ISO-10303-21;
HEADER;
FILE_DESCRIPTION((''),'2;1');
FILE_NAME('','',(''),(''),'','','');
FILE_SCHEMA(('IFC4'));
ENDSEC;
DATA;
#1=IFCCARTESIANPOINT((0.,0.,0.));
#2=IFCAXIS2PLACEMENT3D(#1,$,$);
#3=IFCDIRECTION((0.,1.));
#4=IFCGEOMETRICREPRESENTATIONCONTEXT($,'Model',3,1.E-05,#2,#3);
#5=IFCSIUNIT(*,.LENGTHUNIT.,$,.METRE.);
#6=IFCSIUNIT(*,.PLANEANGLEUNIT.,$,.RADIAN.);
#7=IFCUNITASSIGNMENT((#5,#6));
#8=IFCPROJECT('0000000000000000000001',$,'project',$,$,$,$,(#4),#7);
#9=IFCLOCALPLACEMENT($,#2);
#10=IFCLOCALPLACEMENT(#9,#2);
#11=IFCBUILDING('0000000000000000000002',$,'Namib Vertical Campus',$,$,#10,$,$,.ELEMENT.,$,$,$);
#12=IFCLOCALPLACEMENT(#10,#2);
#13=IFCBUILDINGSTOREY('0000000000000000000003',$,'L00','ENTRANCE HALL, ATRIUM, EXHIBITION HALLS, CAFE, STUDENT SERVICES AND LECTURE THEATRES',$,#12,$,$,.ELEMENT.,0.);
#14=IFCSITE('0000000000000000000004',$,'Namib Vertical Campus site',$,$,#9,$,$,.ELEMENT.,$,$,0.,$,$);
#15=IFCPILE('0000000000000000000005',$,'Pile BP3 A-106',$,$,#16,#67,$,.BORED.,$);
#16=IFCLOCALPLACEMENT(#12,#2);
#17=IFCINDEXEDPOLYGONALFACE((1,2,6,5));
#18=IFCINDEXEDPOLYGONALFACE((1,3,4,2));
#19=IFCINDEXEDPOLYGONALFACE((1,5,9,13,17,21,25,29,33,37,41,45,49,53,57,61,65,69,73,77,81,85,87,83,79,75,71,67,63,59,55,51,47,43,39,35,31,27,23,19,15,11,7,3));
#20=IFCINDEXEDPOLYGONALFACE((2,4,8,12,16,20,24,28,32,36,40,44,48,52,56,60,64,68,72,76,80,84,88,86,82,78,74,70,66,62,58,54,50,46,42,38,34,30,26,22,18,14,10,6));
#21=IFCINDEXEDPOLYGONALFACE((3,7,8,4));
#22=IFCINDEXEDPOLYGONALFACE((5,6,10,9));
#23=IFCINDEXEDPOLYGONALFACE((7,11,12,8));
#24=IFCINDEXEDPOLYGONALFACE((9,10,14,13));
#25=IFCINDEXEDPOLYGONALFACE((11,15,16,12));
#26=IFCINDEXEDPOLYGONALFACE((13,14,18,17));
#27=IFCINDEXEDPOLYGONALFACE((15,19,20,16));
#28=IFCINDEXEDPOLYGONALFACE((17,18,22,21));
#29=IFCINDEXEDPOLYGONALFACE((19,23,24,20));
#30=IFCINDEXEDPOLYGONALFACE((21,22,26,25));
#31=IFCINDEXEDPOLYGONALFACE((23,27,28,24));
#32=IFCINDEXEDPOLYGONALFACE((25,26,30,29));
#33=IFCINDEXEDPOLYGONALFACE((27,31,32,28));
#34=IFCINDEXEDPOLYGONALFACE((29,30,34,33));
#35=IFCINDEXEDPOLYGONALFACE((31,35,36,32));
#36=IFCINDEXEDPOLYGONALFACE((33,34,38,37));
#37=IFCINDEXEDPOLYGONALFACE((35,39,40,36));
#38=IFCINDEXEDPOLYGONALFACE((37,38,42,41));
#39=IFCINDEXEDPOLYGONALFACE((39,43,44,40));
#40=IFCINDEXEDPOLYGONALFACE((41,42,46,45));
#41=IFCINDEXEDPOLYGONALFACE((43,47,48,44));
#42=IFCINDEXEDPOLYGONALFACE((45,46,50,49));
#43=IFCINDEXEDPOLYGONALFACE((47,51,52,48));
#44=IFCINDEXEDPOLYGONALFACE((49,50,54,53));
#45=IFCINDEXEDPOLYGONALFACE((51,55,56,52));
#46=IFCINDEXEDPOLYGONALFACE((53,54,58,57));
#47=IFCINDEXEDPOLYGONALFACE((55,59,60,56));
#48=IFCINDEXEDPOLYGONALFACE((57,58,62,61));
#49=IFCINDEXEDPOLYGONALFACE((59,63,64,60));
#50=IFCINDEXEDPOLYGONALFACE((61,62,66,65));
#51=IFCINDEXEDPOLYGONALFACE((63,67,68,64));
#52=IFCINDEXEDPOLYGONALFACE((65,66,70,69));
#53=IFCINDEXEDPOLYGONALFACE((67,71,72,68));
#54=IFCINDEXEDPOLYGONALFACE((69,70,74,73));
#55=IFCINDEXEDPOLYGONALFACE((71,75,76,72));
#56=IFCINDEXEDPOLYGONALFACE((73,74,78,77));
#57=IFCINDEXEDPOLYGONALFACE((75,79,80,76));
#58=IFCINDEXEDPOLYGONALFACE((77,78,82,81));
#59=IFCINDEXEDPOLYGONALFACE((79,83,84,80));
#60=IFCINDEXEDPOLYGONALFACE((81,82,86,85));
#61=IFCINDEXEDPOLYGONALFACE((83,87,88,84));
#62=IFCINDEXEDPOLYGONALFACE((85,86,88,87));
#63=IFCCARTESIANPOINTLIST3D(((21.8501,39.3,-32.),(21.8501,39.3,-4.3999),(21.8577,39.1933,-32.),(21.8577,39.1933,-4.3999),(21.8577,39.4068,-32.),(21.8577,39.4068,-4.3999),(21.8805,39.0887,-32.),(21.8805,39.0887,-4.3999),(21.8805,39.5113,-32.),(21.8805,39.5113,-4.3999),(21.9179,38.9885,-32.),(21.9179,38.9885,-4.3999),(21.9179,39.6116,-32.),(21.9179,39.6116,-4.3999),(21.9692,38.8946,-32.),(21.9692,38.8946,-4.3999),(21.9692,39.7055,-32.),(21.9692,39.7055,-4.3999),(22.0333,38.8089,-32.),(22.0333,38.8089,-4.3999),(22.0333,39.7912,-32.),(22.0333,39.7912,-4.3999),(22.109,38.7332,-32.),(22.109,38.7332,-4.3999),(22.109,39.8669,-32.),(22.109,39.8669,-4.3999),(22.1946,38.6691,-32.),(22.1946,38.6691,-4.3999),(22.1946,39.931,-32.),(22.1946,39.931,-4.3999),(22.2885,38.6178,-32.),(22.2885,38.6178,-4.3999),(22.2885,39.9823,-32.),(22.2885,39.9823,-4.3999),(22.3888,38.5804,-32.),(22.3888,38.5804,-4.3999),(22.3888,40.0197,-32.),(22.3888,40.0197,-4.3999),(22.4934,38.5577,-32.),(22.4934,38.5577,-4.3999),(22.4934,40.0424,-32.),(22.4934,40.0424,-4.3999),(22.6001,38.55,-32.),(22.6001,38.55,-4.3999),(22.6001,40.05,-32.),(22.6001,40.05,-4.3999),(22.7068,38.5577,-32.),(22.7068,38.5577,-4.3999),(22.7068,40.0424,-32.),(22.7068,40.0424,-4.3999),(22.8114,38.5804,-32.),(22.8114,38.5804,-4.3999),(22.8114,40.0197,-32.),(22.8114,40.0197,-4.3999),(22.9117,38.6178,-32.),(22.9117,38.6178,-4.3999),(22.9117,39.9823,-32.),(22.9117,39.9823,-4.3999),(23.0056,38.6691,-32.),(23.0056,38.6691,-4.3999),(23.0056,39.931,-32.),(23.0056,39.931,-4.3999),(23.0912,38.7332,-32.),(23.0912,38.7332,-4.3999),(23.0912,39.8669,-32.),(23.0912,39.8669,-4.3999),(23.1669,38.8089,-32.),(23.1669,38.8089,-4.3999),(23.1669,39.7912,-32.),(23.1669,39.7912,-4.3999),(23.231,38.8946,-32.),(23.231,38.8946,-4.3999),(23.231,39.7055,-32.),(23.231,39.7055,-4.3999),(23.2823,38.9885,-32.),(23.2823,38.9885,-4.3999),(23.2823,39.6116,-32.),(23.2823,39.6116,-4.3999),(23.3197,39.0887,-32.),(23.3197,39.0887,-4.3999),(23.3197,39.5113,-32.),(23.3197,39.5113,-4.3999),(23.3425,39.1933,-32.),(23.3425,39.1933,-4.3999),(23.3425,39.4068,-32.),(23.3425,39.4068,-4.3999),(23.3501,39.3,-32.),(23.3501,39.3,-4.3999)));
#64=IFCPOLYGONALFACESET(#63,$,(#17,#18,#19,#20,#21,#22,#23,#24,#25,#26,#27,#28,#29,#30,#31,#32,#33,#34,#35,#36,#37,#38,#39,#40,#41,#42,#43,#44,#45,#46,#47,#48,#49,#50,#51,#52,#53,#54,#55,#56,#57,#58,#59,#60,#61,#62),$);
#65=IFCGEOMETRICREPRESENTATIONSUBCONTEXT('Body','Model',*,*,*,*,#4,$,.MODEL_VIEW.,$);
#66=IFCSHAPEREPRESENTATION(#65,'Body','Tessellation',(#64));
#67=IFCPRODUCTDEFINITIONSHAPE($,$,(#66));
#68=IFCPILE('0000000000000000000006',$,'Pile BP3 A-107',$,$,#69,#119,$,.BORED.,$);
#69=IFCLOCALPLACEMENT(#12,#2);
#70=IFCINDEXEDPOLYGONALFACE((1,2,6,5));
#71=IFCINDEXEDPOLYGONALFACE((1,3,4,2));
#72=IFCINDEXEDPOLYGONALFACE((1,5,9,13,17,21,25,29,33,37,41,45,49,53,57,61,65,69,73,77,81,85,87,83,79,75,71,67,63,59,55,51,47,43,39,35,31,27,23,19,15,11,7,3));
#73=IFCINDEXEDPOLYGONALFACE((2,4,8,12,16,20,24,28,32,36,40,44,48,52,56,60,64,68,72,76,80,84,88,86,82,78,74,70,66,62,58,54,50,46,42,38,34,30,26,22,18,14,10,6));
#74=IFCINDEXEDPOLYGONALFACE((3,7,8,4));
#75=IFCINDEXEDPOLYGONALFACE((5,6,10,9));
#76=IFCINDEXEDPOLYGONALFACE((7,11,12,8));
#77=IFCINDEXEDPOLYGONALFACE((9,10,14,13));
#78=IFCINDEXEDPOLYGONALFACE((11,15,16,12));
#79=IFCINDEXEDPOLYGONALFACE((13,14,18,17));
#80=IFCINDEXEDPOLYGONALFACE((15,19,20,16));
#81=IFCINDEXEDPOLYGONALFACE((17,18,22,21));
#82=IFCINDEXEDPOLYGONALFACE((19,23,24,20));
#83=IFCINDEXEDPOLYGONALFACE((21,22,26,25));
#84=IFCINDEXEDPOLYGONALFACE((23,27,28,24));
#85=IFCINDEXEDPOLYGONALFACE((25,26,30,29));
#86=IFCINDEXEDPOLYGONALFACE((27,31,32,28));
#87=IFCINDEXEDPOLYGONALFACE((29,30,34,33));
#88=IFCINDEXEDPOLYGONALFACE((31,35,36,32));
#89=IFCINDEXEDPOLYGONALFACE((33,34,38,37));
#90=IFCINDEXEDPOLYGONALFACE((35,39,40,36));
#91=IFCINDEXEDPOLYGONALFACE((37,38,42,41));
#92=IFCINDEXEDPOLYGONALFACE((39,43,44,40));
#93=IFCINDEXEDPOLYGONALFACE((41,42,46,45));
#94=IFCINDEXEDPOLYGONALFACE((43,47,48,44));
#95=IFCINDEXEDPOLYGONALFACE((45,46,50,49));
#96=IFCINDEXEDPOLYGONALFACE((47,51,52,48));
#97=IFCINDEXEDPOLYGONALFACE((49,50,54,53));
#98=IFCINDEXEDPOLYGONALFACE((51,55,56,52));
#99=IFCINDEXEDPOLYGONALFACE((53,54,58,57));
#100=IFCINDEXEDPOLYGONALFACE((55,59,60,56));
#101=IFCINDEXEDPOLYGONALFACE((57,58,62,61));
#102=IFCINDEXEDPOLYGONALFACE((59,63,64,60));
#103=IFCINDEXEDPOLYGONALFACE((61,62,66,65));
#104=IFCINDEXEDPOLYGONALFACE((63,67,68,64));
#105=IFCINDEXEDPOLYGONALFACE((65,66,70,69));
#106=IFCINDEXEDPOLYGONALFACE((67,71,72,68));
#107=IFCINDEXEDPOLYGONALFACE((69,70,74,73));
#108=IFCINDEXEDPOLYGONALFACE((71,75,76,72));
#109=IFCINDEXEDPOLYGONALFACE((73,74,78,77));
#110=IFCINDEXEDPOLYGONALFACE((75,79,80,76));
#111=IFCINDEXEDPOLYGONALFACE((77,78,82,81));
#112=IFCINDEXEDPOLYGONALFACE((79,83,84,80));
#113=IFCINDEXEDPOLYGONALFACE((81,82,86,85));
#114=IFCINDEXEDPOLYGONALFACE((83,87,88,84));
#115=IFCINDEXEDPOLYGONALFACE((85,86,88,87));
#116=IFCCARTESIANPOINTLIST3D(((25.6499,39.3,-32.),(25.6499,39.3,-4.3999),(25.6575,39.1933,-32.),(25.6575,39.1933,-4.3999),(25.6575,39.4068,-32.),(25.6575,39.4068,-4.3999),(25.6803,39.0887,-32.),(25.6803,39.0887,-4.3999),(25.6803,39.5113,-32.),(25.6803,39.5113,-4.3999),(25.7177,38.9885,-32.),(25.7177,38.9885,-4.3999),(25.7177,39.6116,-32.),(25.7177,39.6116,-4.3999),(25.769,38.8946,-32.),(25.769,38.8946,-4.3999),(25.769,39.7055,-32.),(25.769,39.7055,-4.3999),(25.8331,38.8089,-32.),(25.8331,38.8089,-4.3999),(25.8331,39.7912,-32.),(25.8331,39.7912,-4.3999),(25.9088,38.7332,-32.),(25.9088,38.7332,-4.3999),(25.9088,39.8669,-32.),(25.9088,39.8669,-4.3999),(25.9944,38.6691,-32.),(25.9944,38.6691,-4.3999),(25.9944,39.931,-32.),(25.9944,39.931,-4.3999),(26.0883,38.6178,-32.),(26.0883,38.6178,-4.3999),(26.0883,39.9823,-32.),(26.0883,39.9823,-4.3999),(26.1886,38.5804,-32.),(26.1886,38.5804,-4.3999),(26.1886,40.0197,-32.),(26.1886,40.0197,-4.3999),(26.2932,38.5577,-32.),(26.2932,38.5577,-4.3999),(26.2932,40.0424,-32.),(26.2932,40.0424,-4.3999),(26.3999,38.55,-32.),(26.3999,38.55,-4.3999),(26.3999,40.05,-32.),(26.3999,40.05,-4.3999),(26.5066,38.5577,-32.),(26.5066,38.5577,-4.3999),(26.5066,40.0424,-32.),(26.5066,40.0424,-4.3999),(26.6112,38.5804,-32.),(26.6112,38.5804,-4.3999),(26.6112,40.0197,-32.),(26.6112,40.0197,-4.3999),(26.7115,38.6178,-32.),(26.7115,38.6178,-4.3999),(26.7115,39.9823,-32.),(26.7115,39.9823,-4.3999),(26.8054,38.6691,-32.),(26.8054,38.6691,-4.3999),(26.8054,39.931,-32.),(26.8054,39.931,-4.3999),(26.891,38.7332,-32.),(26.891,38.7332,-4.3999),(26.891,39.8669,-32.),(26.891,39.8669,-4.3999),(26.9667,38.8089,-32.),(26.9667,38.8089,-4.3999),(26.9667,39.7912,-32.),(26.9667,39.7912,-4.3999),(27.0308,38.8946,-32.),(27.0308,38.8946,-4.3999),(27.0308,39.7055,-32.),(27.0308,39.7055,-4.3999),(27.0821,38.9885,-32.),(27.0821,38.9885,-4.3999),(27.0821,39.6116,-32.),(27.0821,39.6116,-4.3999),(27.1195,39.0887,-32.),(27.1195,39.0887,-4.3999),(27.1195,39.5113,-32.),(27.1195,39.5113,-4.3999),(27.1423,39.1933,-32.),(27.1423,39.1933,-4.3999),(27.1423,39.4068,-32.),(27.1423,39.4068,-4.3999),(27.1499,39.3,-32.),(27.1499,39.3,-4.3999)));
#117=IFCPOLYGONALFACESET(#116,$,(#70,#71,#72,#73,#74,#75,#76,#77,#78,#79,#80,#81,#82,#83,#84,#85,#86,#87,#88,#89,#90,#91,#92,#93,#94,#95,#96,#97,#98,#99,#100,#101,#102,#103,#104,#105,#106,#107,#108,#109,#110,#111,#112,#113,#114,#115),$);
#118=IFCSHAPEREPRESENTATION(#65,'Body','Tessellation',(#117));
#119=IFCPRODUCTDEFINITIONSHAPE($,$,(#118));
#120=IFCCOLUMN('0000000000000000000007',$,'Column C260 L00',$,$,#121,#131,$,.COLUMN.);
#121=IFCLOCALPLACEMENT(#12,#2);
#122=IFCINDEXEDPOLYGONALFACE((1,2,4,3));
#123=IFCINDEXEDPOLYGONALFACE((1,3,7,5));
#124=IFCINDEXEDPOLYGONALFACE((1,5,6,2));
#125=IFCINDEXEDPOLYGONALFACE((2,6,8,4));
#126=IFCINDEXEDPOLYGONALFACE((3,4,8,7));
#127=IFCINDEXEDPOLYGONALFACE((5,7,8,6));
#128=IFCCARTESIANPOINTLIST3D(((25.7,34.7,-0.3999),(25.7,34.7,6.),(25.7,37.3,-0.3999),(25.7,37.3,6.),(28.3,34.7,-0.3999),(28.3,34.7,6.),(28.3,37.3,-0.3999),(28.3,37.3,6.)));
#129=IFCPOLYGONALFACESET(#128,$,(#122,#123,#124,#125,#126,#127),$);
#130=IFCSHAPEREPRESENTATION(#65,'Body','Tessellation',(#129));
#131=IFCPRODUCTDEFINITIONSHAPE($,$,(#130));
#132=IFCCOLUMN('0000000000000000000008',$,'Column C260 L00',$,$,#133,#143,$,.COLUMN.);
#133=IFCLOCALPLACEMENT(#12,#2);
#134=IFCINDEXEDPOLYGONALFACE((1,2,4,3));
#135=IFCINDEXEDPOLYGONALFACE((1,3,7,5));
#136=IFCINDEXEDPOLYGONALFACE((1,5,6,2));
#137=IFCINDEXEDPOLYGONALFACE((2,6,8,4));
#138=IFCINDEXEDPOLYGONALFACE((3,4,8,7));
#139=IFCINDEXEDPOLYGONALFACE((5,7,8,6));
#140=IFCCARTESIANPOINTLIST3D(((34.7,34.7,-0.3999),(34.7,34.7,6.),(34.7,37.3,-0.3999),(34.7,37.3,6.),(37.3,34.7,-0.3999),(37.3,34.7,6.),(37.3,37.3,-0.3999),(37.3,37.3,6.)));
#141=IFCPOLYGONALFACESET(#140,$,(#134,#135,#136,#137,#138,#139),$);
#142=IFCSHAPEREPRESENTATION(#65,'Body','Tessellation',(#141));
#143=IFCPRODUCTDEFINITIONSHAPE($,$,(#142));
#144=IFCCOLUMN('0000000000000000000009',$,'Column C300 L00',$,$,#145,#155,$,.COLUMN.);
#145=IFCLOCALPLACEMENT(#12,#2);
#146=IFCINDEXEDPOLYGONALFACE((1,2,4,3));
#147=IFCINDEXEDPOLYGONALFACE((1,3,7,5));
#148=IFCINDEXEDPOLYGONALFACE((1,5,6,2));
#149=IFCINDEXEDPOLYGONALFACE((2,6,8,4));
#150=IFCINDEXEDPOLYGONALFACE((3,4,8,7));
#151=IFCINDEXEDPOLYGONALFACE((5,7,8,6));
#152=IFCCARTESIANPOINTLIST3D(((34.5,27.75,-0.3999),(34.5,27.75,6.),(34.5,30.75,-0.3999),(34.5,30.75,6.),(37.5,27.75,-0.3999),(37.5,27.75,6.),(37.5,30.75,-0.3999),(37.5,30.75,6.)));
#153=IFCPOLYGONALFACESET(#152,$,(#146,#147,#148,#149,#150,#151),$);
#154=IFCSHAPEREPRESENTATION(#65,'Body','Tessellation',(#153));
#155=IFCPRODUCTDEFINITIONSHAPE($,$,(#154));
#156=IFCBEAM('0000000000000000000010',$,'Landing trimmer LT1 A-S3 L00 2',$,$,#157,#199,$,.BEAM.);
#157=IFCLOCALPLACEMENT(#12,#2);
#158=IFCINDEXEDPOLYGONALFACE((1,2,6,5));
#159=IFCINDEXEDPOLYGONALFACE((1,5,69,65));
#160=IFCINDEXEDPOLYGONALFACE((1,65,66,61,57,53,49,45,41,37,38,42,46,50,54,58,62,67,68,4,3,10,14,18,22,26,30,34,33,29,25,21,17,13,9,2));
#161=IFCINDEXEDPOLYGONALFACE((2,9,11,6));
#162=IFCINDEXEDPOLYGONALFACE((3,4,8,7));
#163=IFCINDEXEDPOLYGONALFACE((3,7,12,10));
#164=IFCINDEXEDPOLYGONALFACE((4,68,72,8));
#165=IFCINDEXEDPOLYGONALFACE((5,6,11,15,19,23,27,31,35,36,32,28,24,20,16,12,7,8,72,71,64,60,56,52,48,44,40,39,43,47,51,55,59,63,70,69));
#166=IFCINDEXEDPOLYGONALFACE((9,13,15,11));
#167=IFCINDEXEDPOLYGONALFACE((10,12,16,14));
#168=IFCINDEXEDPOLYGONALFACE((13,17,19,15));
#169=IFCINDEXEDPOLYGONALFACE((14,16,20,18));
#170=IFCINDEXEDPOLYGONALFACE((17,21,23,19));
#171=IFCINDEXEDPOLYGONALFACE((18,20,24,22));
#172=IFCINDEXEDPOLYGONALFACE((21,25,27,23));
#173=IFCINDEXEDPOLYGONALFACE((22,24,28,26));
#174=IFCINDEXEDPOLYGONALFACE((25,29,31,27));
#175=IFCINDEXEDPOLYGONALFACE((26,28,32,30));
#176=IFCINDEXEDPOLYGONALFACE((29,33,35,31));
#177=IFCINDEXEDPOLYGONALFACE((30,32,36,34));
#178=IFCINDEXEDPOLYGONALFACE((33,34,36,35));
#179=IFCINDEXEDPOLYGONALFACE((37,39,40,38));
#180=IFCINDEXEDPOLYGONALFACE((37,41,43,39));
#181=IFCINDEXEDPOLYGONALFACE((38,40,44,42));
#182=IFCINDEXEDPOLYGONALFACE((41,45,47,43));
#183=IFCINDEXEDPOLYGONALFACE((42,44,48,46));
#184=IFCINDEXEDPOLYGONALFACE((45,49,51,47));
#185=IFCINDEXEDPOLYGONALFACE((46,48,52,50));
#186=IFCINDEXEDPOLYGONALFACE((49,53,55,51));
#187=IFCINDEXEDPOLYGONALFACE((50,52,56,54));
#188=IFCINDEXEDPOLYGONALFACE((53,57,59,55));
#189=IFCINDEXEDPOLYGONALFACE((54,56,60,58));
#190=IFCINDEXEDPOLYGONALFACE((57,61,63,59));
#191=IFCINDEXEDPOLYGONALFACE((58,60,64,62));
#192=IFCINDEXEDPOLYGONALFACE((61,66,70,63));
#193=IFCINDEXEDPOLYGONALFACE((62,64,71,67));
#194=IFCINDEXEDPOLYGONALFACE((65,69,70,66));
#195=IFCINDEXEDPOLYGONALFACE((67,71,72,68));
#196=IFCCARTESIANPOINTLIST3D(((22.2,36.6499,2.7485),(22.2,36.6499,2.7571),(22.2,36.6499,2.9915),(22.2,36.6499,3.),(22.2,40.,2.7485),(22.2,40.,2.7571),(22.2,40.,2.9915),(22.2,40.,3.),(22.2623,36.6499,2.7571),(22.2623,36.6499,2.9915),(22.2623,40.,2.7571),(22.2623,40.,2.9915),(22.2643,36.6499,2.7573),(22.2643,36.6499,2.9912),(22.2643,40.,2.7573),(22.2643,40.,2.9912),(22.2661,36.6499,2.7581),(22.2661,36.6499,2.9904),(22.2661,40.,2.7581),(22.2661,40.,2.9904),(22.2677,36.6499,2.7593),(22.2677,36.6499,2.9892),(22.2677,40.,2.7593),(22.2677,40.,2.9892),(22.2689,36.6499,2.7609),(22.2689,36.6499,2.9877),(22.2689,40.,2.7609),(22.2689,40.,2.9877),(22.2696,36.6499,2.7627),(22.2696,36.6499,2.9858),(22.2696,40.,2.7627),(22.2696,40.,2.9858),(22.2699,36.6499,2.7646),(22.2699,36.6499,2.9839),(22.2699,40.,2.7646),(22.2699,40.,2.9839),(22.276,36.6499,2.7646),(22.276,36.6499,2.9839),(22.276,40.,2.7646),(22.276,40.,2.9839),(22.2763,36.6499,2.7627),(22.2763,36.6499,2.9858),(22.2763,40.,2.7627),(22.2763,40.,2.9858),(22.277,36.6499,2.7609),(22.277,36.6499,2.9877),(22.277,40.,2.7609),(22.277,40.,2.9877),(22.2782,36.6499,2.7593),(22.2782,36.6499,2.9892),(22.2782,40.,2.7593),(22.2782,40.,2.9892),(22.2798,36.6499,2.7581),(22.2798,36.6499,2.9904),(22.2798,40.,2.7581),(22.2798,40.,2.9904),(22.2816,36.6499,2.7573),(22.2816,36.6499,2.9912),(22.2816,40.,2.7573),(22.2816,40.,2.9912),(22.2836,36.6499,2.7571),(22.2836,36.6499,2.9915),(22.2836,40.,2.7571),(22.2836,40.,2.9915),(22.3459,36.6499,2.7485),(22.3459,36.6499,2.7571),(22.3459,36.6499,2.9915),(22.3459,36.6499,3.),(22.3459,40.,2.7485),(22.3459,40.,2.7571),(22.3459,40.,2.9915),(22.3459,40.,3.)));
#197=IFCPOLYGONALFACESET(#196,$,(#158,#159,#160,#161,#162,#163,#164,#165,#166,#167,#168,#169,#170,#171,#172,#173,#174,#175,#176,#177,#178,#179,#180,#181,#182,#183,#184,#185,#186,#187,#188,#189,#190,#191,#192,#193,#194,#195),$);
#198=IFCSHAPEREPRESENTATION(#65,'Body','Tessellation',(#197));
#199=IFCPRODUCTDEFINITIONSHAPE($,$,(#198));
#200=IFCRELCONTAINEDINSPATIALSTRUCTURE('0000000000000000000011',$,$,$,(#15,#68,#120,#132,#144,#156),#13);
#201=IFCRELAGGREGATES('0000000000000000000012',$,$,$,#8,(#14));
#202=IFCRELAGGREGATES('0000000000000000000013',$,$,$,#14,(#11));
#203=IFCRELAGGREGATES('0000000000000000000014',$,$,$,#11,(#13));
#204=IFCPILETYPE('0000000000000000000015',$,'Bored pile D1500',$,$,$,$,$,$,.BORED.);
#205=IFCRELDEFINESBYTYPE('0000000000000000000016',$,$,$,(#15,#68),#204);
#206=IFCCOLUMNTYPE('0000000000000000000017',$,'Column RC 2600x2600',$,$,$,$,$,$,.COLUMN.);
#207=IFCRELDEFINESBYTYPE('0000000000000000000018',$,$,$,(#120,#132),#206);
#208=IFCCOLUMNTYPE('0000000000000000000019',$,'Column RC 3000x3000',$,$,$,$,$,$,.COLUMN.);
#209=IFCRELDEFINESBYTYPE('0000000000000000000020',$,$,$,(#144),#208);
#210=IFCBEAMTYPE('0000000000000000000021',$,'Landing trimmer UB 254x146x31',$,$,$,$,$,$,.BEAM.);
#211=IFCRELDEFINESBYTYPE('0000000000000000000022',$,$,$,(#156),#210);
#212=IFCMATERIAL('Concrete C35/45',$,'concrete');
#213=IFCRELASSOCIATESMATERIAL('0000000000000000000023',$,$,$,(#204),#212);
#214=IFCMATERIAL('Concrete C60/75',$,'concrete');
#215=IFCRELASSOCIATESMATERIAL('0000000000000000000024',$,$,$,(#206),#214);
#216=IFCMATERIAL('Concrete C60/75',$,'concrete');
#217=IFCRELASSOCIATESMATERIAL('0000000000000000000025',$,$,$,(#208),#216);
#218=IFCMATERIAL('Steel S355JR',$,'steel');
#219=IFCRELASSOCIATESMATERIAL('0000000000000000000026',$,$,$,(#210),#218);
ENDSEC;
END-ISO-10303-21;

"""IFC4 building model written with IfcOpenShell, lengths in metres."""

from ifc_helpers import new_model, si_unit, direction, frame, origin, origin_2d, place, context, subcontext, project, spatial, rectangle, circle, i_section, extrude, material, material_profile, profile_set, type_object, element, save


model = new_model("IFC4")

# Units and contexts
model_context = context("Model", 3, precision=1e-05, world=origin(), true_north=direction((0.0, 1.0)))
body_context = subcontext(model_context, "Body", "Model", "MODEL_VIEW")
ifc_project = project(units=[si_unit("LENGTHUNIT", "METRE"), si_unit("PLANEANGLEUNIT", "RADIAN")], contexts=[model_context])

# Site, building, storey
site_placement = place(None, origin())
site = spatial("IfcSite", under=ifc_project, at=site_placement, Name="Namib Vertical Campus site", CompositionType="ELEMENT", RefElevation=0.0)
building_placement = place(site_placement, origin())
building = spatial("IfcBuilding", under=site, at=building_placement, Name="Namib Vertical Campus", CompositionType="ELEMENT")
storey_placement = place(building_placement, origin())
storey = spatial("IfcBuildingStorey", under=building, at=storey_placement, Name="L00", Description="ENTRANCE HALL, ATRIUM, EXHIBITION HALLS, CAFE, STUDENT SERVICES AND LECTURE THEATRES", CompositionType="ELEMENT", Elevation=0.0)

# Piles
ifc_material_1 = material(Name="Concrete C35/45", Category="concrete")
ifc_material_profile_1 = material_profile(ifc_material_1, circle(Radius=0.75, at=origin_2d()))
ifc_profile_set_1 = profile_set([ifc_material_profile_1], Name="Concrete C35/45")
pile_type = type_object("IfcPileType", Name="Bored pile D1500", PredefinedType="BORED", material=ifc_profile_set_1)
for number, where, z_axis, x_axis, name in (
    (1, (22.6001, 39.3, -4.3999), (0.0, 0.0, -1.0), (1.0, 0.0, 0.0), "Pile BP3 A-106"),
    (2, (26.3999, 39.3, -4.3999), (0.0, 0.0, -1.0), (1.0, 0.0, 0.0), "Pile BP3 A-107"),
):
    element("IfcPile", number, at=place(storey_placement, frame(where, z_axis=z_axis, x_axis=x_axis)), inside=storey, type_object=pile_type, Name=name, PredefinedType="BORED", context=body_context, shape_type="SweptSolid", body=[
        extrude(circle(Radius=0.75, at=origin_2d()), origin(), (0.0, 0.0, 1.0), 27.6001),
    ])

# Columns
ifc_material_2 = material(Name="Concrete C60/75", Category="concrete")
ifc_material_profile_2 = material_profile(ifc_material_2, rectangle(XDim=2.6001, YDim=2.6001, at=origin_2d()))
ifc_profile_set_2 = profile_set([ifc_material_profile_2], Name="Concrete C60/75")
column_type_1 = type_object("IfcColumnType", Name="Column RC 2600x2600", PredefinedType="COLUMN", material=ifc_profile_set_2)
for number, where, z_axis, x_axis, name in (
    (3, (27.0, 36.0, -0.3999), (0.0, 0.0, 1.0), (1.0, 0.0, 0.0), "Column C260 L00"),
    (4, (36.0, 36.0, -0.3999), (0.0, 0.0, 1.0), (1.0, 0.0, 0.0), "Column C260 L00"),
):
    element("IfcColumn", number, at=place(storey_placement, frame(where, z_axis=z_axis, x_axis=x_axis)), inside=storey, type_object=column_type_1, Name=name, PredefinedType="COLUMN", context=body_context, shape_type="SweptSolid", body=[
        extrude(rectangle(XDim=2.6001, YDim=2.6001, at=origin_2d()), origin(), (0.0, 0.0, 1.0), 6.3999),
    ])
ifc_material_3 = material(Name="Concrete C60/75", Category="concrete")
ifc_material_profile_3 = material_profile(ifc_material_3, rectangle(XDim=3.0, YDim=3.0, at=origin_2d()))
ifc_profile_set_3 = profile_set([ifc_material_profile_3], Name="Concrete C60/75")
column_type_2 = type_object("IfcColumnType", Name="Column RC 3000x3000", PredefinedType="COLUMN", material=ifc_profile_set_3)
column_placement = place(storey_placement, frame((36.0, 29.25, -0.3999), z_axis=(0.0, 0.0, 1.0), x_axis=(1.0, 0.0, 0.0)))
element("IfcColumn", 5, at=column_placement, inside=storey, type_object=column_type_2, Name="Column C300 L00", PredefinedType="COLUMN", context=body_context, shape_type="SweptSolid", body=[
    extrude(rectangle(XDim=3.0, YDim=3.0, at=origin_2d()), origin(), (0.0, 0.0, 1.0), 6.3999),
])

# Beam
ifc_material_4 = material(Name="Steel S355JR", Category="steel")
ifc_material_profile_4 = material_profile(ifc_material_4, i_section(OverallWidth=0.146, OverallDepth=0.2515, WebThickness=0.0061, FlangeThickness=0.0085, FilletRadius=0.0076, at=origin_2d()))
ifc_profile_set_4 = profile_set([ifc_material_profile_4], Name="Steel S355JR")
beam_type = type_object("IfcBeamType", Name="Landing trimmer UB 254x146x31", PredefinedType="BEAM", material=ifc_profile_set_4)
beam_placement = place(storey_placement, frame((22.2729, 36.6499, 2.8743), z_axis=(0.0, 1.0, 0.0), x_axis=(-1.0, 0.0, 0.0)))
element("IfcBeam", 6, at=beam_placement, inside=storey, type_object=beam_type, Name="Landing trimmer LT1 A-S3 L00 2", PredefinedType="BEAM", context=body_context, shape_type="SweptSolid", body=[
    extrude(i_section(OverallWidth=0.146, OverallDepth=0.2515, WebThickness=0.0061, FlangeThickness=0.0085, FilletRadius=0.0076, at=origin_2d()), origin(), (0.0, 0.0, 1.0), 3.3501),
])

save(model, "model.ifc")
